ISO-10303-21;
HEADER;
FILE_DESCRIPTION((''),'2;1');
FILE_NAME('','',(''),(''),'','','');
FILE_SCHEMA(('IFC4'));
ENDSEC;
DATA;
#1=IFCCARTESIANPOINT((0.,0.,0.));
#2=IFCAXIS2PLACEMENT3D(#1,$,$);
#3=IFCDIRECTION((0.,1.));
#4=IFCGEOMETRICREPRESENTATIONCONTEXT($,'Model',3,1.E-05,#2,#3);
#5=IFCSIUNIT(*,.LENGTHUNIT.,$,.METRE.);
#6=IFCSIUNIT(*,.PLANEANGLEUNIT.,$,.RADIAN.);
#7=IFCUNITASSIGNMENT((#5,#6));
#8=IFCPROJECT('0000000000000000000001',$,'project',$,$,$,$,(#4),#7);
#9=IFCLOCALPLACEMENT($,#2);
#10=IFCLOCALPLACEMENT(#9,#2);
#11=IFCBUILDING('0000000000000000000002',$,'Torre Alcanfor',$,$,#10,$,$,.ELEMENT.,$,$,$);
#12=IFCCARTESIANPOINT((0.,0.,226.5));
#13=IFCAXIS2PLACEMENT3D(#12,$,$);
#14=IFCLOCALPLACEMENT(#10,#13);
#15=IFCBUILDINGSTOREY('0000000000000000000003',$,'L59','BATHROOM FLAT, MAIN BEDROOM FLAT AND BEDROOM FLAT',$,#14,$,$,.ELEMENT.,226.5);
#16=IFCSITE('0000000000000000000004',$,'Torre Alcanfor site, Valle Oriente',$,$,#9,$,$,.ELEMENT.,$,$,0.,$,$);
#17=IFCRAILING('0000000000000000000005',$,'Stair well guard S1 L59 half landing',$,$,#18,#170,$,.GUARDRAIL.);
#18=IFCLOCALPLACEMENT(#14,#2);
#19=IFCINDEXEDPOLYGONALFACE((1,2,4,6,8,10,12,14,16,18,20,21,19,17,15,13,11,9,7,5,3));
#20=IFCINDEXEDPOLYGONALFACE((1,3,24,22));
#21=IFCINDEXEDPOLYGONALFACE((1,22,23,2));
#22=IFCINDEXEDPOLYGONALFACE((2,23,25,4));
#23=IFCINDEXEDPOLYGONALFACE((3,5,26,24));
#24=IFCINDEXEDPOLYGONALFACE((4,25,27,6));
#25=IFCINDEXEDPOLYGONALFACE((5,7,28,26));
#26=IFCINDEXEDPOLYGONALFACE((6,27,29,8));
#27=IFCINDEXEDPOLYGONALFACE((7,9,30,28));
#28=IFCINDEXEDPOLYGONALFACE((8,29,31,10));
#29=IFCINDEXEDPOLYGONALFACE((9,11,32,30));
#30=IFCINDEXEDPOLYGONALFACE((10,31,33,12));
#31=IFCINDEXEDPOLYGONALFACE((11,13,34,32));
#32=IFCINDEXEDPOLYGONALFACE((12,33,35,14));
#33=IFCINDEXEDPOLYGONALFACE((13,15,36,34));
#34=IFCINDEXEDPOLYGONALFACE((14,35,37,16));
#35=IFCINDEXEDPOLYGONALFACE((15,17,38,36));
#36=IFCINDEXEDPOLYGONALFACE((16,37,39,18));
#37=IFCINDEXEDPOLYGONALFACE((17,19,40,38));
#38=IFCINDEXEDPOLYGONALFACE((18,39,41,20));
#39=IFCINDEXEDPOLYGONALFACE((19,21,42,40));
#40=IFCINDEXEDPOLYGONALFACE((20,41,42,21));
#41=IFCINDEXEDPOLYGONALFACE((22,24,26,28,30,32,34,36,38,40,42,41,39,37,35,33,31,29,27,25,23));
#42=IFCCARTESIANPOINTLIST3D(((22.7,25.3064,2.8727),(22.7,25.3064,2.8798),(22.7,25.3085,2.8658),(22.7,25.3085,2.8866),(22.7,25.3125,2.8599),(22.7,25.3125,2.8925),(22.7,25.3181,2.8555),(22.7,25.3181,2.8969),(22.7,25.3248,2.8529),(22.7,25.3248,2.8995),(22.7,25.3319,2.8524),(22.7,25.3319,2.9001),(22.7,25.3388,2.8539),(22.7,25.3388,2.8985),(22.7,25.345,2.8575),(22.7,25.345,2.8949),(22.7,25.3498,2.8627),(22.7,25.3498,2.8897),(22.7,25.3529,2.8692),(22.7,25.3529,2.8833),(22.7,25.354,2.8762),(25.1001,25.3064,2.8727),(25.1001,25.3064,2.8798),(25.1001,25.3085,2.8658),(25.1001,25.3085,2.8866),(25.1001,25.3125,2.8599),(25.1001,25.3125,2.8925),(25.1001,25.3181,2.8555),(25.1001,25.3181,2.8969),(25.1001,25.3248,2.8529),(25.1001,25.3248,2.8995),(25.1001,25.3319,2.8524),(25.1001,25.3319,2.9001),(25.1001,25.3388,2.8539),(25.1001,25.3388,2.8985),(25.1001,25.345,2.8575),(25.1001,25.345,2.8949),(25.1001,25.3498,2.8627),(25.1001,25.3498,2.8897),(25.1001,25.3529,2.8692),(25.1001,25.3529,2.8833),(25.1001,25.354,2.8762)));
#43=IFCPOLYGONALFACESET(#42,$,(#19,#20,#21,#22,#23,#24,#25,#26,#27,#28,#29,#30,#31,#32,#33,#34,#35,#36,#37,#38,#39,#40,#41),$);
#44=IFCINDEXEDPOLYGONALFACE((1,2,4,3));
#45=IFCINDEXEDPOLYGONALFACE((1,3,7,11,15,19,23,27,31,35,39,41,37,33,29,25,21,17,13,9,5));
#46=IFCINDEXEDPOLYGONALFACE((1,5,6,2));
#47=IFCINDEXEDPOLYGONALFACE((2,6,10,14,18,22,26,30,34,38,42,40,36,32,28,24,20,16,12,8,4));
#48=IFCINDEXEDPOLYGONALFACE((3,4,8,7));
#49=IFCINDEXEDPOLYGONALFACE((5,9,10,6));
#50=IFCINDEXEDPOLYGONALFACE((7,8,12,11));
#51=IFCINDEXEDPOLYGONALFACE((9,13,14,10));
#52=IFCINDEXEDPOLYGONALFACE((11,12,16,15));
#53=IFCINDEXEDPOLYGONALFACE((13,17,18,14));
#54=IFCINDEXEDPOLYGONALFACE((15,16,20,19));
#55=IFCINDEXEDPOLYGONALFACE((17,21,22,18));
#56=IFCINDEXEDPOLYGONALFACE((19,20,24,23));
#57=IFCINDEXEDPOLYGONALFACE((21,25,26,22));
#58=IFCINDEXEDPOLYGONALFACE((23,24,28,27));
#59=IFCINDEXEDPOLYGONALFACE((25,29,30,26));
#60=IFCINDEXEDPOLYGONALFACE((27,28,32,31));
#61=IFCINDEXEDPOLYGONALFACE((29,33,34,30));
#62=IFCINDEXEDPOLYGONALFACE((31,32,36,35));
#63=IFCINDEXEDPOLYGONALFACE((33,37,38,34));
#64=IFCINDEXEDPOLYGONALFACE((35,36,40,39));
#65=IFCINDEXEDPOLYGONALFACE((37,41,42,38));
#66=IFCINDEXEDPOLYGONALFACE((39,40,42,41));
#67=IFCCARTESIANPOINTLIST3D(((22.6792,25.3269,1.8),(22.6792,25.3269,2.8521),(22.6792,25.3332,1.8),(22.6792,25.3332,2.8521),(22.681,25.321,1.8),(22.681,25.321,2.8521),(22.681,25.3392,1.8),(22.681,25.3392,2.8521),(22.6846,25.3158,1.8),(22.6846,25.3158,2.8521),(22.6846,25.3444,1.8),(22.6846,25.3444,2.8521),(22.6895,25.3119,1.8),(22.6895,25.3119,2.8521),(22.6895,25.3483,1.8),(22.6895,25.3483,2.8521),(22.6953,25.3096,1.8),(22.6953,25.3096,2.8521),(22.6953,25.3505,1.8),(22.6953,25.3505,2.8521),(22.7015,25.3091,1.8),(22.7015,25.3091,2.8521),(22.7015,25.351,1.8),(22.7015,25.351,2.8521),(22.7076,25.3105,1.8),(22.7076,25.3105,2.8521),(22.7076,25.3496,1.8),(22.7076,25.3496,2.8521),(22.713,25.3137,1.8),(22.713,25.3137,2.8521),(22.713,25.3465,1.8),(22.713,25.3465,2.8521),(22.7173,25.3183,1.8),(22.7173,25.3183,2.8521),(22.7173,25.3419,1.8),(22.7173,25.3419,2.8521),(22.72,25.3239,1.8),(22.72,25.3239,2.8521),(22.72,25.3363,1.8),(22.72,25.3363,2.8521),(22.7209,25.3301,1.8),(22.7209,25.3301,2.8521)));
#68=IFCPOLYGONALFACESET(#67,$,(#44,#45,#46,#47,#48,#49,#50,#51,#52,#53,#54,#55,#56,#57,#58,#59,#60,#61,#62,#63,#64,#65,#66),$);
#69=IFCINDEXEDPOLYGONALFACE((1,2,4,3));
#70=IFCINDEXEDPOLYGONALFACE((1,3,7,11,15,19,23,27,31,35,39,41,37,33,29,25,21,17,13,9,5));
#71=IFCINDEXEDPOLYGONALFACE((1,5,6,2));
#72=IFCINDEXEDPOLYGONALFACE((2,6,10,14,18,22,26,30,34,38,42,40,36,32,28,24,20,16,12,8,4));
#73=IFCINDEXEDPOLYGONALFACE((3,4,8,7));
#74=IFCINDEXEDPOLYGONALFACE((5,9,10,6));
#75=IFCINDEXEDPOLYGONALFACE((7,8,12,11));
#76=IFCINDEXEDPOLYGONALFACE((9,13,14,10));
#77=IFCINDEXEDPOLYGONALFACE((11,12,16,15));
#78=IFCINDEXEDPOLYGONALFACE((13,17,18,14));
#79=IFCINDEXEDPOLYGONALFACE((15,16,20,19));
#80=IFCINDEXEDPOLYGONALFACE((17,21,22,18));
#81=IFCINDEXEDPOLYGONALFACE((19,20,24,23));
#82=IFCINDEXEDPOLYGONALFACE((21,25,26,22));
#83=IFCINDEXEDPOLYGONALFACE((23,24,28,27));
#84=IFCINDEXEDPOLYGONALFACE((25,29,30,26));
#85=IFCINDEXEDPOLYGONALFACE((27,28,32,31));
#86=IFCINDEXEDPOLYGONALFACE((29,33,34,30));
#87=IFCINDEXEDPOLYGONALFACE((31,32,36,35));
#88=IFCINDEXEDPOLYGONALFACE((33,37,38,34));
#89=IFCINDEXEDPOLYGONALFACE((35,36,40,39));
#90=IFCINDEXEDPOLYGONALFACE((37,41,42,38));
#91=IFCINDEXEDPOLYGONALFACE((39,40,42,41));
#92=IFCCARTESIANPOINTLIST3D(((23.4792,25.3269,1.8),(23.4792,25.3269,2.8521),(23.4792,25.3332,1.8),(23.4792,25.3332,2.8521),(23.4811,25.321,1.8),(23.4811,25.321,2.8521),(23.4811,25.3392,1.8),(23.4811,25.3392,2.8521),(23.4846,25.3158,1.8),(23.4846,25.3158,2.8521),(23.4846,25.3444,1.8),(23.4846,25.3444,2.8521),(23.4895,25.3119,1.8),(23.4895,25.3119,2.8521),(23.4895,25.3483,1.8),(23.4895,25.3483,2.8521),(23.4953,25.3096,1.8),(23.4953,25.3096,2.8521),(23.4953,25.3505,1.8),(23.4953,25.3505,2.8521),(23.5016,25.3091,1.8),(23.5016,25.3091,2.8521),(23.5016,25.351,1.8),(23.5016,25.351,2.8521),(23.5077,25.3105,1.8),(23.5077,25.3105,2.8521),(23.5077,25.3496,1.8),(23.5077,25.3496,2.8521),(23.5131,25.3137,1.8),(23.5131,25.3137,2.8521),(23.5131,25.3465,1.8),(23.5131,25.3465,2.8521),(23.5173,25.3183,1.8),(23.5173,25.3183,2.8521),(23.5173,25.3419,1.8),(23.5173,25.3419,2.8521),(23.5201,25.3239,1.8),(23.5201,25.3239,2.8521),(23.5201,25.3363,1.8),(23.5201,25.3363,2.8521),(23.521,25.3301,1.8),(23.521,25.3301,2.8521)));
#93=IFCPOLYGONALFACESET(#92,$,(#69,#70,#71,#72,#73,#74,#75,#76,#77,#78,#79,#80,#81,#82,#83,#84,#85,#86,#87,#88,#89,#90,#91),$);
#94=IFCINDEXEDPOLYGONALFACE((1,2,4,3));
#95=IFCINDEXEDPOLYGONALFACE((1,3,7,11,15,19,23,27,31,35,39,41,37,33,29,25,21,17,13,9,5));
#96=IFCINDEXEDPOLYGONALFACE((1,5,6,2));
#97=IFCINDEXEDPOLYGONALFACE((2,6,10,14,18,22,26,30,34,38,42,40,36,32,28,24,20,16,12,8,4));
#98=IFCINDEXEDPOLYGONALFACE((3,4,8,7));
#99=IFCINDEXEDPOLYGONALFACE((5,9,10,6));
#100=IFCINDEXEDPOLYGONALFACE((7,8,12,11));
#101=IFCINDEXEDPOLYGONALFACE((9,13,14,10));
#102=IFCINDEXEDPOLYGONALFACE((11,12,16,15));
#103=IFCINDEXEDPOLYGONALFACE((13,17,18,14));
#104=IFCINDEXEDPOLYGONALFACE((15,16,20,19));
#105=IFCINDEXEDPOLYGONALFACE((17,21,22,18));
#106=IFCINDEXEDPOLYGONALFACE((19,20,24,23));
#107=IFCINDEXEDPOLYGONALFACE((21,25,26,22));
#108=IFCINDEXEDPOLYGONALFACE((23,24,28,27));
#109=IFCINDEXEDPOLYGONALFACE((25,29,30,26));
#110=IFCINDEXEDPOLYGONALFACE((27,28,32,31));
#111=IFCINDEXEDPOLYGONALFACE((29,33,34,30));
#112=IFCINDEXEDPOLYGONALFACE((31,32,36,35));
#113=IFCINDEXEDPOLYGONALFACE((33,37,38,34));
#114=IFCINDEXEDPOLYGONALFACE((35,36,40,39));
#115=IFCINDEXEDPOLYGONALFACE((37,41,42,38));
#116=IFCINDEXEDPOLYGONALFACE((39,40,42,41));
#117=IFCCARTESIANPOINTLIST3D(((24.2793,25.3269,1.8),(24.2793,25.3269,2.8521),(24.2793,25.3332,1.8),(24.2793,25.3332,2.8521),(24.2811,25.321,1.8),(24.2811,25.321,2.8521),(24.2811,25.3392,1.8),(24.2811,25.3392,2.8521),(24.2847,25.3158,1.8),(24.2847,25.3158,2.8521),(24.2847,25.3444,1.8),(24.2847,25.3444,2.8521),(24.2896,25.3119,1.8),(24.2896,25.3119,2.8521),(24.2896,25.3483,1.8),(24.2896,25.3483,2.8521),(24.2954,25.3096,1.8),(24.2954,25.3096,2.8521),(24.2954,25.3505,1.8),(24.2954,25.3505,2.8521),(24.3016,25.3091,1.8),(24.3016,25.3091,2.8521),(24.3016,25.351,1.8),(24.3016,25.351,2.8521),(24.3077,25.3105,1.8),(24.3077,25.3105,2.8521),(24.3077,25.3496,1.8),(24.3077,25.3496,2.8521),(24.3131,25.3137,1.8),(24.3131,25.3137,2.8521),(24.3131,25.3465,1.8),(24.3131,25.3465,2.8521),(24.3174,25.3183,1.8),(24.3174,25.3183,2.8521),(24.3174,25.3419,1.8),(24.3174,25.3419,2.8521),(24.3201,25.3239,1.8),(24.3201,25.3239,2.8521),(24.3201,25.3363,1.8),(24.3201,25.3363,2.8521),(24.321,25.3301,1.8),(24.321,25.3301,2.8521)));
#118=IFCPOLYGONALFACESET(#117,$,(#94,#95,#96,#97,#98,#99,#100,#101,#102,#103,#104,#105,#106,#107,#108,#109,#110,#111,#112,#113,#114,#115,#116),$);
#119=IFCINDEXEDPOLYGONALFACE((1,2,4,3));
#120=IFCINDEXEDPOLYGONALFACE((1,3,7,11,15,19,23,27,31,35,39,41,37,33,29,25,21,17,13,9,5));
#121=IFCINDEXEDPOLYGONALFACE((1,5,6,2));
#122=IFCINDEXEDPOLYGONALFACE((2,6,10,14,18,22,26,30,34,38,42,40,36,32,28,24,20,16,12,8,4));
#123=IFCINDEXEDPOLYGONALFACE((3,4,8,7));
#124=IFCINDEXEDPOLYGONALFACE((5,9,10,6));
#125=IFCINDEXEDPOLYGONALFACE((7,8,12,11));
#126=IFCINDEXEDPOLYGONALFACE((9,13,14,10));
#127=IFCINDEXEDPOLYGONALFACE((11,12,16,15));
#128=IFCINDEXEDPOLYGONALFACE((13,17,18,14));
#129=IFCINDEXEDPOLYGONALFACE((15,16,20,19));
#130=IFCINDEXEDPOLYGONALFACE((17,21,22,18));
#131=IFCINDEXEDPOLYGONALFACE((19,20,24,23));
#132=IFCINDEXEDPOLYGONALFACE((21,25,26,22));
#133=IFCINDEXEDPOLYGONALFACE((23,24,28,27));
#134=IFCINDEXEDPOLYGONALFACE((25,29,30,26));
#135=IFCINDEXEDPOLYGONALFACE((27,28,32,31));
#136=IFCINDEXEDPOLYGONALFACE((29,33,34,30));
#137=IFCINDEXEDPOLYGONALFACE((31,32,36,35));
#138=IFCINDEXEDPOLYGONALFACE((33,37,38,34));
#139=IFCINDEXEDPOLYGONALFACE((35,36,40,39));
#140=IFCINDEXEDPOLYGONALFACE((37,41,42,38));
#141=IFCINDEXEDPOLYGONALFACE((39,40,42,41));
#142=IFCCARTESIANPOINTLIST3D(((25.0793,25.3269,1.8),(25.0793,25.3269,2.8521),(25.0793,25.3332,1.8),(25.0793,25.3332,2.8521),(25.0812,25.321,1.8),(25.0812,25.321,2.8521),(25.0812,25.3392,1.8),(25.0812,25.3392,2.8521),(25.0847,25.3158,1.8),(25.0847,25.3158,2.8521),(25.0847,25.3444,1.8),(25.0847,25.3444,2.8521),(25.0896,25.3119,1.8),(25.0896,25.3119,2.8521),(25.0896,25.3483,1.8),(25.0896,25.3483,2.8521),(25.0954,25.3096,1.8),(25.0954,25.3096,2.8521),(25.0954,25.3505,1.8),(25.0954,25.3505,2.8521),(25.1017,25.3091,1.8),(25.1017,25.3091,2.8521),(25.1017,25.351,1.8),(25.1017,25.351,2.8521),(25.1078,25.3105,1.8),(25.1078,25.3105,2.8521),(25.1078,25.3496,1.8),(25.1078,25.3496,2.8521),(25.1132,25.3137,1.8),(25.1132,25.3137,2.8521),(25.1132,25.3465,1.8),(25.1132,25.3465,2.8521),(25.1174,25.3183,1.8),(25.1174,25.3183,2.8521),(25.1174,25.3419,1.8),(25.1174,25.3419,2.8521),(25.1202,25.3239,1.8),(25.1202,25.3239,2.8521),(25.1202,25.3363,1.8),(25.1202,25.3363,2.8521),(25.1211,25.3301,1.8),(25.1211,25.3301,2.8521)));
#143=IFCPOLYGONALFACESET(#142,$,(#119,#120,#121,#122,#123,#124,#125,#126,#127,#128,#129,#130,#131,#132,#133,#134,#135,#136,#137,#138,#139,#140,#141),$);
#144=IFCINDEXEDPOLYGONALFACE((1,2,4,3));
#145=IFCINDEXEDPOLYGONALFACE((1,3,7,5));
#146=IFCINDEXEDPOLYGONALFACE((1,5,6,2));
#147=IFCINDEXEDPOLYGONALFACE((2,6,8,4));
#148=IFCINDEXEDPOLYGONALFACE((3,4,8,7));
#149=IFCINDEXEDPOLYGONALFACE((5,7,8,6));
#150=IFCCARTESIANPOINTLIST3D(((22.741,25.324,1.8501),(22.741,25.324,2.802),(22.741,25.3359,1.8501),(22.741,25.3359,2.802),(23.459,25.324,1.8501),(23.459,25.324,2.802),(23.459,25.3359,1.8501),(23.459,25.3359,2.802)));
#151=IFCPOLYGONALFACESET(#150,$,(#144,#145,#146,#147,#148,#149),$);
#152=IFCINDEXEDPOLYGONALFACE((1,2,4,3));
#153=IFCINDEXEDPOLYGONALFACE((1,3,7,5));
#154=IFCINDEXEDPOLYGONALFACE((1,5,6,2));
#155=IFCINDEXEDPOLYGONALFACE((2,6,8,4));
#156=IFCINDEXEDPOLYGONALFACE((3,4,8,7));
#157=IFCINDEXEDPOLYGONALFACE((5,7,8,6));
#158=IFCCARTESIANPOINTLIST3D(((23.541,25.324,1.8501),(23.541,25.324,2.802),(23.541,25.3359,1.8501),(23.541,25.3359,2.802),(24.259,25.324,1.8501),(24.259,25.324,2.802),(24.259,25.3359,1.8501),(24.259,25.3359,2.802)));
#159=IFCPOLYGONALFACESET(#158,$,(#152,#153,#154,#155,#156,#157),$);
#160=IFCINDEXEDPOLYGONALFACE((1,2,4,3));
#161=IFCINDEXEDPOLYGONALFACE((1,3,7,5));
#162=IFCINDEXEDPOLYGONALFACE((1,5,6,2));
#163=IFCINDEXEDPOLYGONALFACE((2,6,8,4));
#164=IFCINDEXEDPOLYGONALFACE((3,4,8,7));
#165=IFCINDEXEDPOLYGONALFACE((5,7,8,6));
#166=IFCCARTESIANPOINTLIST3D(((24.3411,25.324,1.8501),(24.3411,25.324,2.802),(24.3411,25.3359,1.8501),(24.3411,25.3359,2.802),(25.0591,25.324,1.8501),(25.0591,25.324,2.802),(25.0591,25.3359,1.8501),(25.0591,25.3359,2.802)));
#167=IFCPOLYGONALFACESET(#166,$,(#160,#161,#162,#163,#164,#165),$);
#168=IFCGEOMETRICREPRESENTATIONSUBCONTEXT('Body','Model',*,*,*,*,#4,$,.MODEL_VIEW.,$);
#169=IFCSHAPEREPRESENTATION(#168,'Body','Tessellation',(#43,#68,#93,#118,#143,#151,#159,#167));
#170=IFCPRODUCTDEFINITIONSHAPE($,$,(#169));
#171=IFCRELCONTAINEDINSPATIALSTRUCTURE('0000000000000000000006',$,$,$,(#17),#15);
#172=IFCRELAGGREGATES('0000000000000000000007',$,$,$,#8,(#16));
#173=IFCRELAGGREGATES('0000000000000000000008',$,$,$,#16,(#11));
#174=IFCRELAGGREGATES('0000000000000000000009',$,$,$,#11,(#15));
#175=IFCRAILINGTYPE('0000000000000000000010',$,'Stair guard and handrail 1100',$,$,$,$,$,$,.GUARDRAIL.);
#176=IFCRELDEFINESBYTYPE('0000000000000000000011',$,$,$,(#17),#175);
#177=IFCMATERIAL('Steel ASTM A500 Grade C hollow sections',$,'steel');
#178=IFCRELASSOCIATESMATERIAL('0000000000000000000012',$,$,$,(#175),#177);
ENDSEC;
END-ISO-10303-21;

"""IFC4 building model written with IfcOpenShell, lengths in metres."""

from ifc_helpers import new_model, si_unit, direction, frame, origin, origin_2d, place, context, subcontext, project, spatial, polyline, circle, outline, extrude, material, type_object, element, save


model = new_model("IFC4")

# Units and contexts
model_context = context("Model", 3, precision=1e-05, world=origin(), true_north=direction((0.0, 1.0)))
body_context = subcontext(model_context, "Body", "Model", "MODEL_VIEW")
ifc_project = project(units=[si_unit("LENGTHUNIT", "METRE"), si_unit("PLANEANGLEUNIT", "RADIAN")], contexts=[model_context])

# Site, building, storey
site_placement = place(None, origin())
site = spatial("IfcSite", under=ifc_project, at=site_placement, Name="Torre Alcanfor site, Valle Oriente", CompositionType="ELEMENT", RefElevation=0.0)
building_placement = place(site_placement, origin())
building = spatial("IfcBuilding", under=site, at=building_placement, Name="Torre Alcanfor", CompositionType="ELEMENT")
storey_placement = place(building_placement, frame((0.0, 0.0, 226.5)))
storey = spatial("IfcBuildingStorey", under=building, at=storey_placement, Name="L59", Description="BATHROOM FLAT, MAIN BEDROOM FLAT AND BEDROOM FLAT", CompositionType="ELEMENT", Elevation=226.5)

# Railing
ifc_material_1 = material(Name="Steel ASTM A500 Grade C hollow sections", Category="steel")
railing_type_1 = type_object("IfcRailingType", Name="Stair guard and handrail 1100", PredefinedType="GUARDRAIL", material=ifc_material_1)
railing_1_placement = place(storey_placement, frame((22.7, 25.3301, 1.8)))
element("IfcRailing", 1, at=railing_1_placement, inside=storey, type_object=railing_type_1, Name="Stair well guard S1 L59 half landing", PredefinedType="GUARDRAIL", context=body_context, shape_type="SweptSolid", body=[
    extrude(circle(Radius=0.0239, at=origin_2d()), frame((0.0, 0.0, 1.0762), z_axis=(1.0, 0.0, 0.0), x_axis=(0.0, 1.0, 0.0)), (0.0, 0.0, 1.0), 2.4001),
    extrude(circle(Radius=0.021, at=origin_2d()), origin(), (0.0, 0.0, 1.0), 1.052),
    extrude(circle(Radius=0.021, at=origin_2d()), frame((0.8, 0.0, 0.0)), (0.0, 0.0, 1.0), 1.052),
    extrude(circle(Radius=0.021, at=origin_2d()), frame((1.6001, 0.0, 0.0)), (0.0, 0.0, 1.0), 1.052),
    extrude(circle(Radius=0.021, at=origin_2d()), frame((2.4001, 0.0, 0.0)), (0.0, 0.0, 1.0), 1.052),
    extrude(outline(polyline([(0.041, 0.05), (0.759, 0.05), (0.759, 1.002), (0.041, 1.002), (0.041, 0.05)])), frame((0.0, 0.0059, 0.0), z_axis=(0.0, -1.0, 0.0), x_axis=(1.0, 0.0, 0.0)), (0.0, 0.0, 1.0), 0.012),
    extrude(outline(polyline([(0.8411, 0.05), (1.5591, 0.05), (1.5591, 1.002), (0.8411, 1.002), (0.8411, 0.05)])), frame((0.0, 0.0059, 0.0), z_axis=(0.0, -1.0, 0.0), x_axis=(1.0, 0.0, 0.0)), (0.0, 0.0, 1.0), 0.012),
    extrude(outline(polyline([(1.6411, 0.05), (2.3591, 0.05), (2.3591, 1.002), (1.6411, 1.002), (1.6411, 0.05)])), frame((0.0, 0.0059, 0.0), z_axis=(0.0, -1.0, 0.0), x_axis=(1.0, 0.0, 0.0)), (0.0, 0.0, 1.0), 0.012),
])

save(model, "model.ifc")
